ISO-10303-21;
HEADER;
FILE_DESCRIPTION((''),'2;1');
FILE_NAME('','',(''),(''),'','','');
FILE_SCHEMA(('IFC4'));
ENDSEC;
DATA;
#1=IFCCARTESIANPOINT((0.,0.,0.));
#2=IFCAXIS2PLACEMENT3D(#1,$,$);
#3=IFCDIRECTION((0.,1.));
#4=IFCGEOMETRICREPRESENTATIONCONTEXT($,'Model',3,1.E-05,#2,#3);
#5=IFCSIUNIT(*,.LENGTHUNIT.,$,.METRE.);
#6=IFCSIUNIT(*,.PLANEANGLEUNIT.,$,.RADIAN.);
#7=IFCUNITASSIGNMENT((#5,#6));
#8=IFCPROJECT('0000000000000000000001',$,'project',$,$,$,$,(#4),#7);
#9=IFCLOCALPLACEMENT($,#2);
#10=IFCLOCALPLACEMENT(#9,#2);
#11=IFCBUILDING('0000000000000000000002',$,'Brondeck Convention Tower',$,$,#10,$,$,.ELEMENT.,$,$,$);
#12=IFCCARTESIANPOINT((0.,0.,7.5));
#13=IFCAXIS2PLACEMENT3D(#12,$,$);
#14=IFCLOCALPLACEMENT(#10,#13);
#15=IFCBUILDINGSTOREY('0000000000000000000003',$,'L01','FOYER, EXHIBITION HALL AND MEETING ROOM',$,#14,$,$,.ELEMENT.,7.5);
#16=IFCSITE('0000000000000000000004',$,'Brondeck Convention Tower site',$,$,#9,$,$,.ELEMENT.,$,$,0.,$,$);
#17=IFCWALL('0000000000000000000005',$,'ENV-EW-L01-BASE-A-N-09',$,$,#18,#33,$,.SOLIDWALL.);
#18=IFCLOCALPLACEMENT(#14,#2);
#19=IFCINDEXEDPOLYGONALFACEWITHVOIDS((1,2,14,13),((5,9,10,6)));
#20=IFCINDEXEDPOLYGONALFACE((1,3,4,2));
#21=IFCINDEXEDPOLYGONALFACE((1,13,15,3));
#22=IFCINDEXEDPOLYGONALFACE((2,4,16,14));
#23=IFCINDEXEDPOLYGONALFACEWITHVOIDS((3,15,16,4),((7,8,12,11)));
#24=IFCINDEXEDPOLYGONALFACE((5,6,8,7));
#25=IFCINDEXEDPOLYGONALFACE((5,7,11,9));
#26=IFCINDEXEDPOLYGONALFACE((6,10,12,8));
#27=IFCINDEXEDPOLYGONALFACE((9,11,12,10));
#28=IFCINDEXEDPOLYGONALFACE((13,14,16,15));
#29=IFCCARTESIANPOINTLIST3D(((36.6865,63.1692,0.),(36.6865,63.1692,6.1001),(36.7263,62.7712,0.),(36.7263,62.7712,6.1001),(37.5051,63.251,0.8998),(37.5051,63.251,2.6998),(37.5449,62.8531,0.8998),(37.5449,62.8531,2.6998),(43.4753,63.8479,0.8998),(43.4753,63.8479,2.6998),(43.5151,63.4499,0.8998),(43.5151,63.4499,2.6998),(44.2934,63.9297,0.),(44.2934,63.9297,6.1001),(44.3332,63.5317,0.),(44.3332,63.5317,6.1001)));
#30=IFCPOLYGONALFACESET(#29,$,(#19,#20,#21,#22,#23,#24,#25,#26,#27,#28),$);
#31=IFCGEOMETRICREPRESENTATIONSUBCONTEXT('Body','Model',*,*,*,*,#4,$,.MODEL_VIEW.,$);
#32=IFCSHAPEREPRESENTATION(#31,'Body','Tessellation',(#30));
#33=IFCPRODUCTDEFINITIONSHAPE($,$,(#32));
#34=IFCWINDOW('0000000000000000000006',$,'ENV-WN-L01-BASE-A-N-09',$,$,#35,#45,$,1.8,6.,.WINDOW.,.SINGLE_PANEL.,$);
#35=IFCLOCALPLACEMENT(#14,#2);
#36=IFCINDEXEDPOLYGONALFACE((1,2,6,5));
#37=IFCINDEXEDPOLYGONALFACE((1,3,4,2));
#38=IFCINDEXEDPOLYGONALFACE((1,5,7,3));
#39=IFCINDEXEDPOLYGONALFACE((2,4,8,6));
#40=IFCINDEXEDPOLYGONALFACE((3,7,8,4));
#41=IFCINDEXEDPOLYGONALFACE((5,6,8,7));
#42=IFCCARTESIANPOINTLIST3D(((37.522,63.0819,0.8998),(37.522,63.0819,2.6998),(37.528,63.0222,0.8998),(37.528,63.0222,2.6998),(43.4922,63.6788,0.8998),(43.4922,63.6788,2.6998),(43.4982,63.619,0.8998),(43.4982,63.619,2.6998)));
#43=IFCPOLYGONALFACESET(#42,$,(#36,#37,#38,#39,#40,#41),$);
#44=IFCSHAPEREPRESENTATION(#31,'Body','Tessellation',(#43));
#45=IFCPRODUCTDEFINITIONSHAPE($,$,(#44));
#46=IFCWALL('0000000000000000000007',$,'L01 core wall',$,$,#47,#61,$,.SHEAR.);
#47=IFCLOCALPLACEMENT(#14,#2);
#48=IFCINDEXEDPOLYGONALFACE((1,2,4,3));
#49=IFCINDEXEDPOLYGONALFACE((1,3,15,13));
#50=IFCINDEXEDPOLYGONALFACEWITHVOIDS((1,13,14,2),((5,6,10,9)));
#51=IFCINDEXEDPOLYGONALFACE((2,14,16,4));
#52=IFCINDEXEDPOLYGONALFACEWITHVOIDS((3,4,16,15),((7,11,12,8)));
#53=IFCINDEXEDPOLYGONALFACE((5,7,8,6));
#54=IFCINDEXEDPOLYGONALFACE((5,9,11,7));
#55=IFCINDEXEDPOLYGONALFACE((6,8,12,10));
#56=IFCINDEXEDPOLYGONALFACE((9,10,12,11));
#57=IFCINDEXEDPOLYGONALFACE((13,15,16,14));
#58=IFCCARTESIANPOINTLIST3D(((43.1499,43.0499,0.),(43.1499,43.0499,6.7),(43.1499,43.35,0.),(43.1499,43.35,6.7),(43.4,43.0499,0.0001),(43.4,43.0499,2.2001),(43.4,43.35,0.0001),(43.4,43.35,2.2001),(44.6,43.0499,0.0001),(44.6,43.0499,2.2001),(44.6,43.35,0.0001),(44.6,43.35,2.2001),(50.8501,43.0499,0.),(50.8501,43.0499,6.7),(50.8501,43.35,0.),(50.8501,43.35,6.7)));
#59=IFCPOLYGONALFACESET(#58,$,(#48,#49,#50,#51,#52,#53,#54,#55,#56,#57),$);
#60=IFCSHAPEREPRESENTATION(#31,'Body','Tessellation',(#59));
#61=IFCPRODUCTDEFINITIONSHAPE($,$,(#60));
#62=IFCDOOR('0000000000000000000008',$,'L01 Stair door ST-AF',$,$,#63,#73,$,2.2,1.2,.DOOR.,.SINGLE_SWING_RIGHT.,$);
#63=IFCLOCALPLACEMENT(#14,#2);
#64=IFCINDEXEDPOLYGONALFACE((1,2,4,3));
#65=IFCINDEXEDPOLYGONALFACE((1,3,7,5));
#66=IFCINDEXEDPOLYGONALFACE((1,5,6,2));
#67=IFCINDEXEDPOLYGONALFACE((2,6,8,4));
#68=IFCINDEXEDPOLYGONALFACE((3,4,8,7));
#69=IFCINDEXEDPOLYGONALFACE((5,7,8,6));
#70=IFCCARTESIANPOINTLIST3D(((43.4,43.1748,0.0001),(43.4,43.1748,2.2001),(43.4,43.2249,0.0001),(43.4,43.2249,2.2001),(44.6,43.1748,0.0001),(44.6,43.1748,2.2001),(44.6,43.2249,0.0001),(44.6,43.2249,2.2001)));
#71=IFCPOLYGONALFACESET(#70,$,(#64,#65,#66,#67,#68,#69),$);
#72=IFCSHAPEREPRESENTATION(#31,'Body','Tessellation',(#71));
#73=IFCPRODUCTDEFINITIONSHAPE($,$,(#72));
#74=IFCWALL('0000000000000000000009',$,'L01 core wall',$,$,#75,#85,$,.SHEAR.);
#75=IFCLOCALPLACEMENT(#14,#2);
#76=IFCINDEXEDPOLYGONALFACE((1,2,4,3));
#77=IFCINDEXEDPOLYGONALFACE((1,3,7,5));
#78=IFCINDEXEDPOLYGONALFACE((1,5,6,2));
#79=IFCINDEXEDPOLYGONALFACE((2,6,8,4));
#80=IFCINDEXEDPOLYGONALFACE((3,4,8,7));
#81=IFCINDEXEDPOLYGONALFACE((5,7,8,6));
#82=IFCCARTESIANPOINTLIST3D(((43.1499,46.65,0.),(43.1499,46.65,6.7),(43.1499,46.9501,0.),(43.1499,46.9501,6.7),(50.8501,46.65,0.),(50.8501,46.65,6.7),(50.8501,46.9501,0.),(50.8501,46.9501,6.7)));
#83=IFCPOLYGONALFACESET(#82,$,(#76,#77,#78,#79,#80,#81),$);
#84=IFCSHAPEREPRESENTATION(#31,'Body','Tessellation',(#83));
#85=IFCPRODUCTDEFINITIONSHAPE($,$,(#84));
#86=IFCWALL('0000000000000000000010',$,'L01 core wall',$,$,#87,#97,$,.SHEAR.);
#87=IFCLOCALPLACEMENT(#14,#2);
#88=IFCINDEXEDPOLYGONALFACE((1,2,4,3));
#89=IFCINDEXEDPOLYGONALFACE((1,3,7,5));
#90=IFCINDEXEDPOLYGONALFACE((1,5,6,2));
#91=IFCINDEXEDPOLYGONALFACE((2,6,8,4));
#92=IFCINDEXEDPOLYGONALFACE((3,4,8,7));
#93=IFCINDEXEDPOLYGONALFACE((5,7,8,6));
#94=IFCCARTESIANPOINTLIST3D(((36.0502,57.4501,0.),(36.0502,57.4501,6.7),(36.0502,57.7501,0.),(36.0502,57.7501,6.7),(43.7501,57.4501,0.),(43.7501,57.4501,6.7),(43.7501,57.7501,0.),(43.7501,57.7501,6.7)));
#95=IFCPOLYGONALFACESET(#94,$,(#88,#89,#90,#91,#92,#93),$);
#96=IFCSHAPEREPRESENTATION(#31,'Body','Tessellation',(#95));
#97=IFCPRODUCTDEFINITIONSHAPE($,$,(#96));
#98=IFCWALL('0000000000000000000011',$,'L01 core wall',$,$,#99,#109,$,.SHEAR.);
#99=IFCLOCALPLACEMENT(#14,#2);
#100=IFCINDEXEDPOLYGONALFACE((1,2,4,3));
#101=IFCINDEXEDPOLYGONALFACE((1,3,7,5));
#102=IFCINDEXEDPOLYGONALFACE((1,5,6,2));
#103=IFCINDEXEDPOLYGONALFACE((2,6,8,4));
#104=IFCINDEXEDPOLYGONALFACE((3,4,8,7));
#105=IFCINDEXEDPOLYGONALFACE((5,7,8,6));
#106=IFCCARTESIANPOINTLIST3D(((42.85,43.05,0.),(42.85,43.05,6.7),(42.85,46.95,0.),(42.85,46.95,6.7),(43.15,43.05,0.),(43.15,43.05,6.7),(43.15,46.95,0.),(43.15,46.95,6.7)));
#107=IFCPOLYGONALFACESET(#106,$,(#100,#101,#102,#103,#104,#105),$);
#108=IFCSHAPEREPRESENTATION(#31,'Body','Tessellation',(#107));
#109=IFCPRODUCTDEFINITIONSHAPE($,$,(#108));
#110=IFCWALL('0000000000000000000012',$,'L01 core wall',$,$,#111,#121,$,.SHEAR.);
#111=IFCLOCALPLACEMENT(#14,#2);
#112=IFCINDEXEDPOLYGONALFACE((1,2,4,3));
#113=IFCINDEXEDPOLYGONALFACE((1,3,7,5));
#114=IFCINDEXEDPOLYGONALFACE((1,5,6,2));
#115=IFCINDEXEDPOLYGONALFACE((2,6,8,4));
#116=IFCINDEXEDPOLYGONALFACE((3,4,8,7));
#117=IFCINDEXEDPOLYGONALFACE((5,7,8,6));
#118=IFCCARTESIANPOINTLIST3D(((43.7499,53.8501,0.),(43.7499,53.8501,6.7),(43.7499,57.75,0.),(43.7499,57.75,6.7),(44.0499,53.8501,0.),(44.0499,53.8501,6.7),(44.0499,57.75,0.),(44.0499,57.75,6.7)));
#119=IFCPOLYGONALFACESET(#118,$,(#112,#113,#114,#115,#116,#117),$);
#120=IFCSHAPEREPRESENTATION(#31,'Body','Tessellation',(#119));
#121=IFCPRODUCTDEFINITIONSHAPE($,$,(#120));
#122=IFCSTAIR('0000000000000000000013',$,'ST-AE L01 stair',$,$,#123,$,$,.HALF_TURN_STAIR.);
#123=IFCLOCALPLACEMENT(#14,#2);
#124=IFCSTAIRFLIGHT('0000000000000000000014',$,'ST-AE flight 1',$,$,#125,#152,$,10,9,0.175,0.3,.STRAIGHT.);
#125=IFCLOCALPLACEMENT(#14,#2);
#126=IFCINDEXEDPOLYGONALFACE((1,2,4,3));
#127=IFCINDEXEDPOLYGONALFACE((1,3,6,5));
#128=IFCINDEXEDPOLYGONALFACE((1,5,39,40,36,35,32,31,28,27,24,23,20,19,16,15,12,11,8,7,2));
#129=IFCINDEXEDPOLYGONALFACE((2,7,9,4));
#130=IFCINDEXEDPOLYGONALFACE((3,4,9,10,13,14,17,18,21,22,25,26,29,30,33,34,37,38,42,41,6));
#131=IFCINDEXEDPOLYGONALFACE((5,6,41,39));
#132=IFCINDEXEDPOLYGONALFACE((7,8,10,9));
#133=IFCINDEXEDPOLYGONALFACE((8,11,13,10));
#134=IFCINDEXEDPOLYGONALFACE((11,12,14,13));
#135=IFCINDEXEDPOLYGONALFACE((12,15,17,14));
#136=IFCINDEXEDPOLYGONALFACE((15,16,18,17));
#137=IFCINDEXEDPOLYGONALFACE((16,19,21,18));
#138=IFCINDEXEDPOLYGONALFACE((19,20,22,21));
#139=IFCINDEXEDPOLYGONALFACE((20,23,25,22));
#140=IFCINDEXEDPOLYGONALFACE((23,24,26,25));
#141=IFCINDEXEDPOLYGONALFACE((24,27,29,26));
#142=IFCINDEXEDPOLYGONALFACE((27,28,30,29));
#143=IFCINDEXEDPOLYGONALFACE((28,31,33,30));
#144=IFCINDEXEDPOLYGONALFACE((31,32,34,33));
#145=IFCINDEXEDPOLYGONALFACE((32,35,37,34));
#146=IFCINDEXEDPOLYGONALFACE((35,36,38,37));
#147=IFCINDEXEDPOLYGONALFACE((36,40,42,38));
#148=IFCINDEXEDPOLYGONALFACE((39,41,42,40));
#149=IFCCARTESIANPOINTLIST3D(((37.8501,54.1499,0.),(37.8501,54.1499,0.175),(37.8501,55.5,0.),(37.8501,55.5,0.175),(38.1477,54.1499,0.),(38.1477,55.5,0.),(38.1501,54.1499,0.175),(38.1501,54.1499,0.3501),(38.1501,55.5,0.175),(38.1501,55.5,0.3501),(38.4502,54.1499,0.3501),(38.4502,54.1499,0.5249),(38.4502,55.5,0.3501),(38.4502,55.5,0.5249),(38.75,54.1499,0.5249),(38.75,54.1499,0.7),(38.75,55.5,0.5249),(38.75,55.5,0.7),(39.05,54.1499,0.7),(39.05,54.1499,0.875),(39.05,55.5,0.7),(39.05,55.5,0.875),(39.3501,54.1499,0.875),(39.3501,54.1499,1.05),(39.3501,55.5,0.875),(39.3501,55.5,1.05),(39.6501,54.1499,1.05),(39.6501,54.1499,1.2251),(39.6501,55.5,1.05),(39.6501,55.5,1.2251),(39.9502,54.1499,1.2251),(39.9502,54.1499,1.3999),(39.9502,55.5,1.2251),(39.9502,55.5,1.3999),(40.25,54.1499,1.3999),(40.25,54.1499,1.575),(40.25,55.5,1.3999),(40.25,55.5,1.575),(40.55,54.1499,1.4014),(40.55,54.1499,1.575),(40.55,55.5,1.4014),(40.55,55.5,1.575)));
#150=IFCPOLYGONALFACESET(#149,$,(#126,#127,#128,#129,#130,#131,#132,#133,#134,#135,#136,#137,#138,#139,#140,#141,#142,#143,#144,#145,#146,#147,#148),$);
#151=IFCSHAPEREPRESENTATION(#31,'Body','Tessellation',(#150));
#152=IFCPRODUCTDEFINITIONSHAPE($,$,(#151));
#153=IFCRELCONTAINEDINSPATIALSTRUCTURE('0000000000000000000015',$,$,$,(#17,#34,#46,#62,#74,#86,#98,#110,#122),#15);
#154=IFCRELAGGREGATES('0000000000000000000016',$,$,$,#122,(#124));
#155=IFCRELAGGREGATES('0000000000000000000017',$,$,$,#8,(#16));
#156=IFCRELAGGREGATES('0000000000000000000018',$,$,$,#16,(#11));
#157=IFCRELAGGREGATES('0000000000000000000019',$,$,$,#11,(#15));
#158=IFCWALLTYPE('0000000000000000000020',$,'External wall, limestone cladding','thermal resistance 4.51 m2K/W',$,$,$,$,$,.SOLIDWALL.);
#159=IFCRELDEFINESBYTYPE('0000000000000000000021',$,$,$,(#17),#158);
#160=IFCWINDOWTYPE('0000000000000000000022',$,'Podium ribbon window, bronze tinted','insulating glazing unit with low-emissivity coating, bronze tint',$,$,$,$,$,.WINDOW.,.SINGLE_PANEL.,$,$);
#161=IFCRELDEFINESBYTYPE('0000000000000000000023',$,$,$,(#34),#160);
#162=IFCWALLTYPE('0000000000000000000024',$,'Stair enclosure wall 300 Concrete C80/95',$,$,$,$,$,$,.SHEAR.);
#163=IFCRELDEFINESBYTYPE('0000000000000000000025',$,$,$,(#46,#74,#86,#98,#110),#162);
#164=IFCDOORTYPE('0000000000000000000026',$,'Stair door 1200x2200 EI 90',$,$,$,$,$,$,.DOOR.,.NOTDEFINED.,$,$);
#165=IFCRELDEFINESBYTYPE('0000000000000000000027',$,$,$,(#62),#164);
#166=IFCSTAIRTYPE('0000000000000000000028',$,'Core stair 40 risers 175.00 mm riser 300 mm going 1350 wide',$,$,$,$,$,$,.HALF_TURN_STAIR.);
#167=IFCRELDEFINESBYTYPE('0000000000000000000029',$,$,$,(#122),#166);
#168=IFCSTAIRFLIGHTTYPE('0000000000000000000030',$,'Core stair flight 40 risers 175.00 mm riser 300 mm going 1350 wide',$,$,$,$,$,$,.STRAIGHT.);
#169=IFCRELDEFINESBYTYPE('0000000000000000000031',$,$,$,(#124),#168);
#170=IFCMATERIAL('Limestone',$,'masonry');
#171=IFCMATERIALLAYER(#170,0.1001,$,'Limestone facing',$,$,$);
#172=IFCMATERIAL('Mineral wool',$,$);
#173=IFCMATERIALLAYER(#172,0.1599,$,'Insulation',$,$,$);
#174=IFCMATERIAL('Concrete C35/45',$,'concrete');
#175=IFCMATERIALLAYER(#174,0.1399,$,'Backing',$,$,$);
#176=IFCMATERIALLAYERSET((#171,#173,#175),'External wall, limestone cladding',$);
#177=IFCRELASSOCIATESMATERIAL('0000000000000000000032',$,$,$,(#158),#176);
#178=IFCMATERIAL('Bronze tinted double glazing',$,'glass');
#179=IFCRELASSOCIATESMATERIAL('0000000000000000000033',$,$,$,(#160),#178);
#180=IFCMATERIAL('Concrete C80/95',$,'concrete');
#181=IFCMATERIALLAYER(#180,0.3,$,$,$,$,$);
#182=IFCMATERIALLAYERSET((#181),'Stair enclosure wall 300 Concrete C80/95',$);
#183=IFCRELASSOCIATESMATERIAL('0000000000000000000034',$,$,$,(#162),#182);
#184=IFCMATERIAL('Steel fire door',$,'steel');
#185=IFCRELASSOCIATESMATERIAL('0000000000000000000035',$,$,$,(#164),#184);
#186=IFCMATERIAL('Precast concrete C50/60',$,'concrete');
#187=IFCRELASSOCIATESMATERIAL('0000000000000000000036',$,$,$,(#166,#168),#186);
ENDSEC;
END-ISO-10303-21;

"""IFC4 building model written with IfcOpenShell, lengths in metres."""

from ifc_helpers import new_model, si_unit, direction, frame, frame_2d, origin, place, context, subcontext, project, spatial, polyline, rectangle, outline, extrude, material, layer, layer_set, type_object, element, fill, aggregate, save


model = new_model("IFC4")

# Units and contexts
model_context = context("Model", 3, precision=1e-05, world=origin(), true_north=direction((0.0, 1.0)))
body_context = subcontext(model_context, "Body", "Model", "MODEL_VIEW")
ifc_project = project(units=[si_unit("LENGTHUNIT", "METRE"), si_unit("PLANEANGLEUNIT", "RADIAN")], contexts=[model_context])

# Site, building, storey
site_placement = place(None, origin())
site = spatial("IfcSite", under=ifc_project, at=site_placement, Name="Brondeck Convention Tower site", CompositionType="ELEMENT", RefElevation=0.0)
building_placement = place(site_placement, origin())
building = spatial("IfcBuilding", under=site, at=building_placement, Name="Brondeck Convention Tower", CompositionType="ELEMENT")
storey_placement = place(building_placement, frame((0.0, 0.0, 7.5)))
storey = spatial("IfcBuildingStorey", under=building, at=storey_placement, Name="L01", Description="FOYER, EXHIBITION HALL AND MEETING ROOM", CompositionType="ELEMENT", Elevation=7.5)

# Shared definitions
ifc_material_1 = material(Name="Concrete C80/95", Category="concrete")

# Wall, opening, window
ifc_material_2 = material(Name="Limestone", Category="masonry")
ifc_layer_1 = layer(ifc_material_2, 0.1001, Name="Limestone facing")
ifc_material_3 = material(Name="Mineral wool")
ifc_layer_2 = layer(ifc_material_3, 0.1599, Name="Insulation")
ifc_material_4 = material(Name="Concrete C35/45", Category="concrete")
ifc_layer_3 = layer(ifc_material_4, 0.1399, Name="Backing")
ifc_layer_set_1 = layer_set([ifc_layer_1, ifc_layer_2, ifc_layer_3], Name="External wall, limestone cladding")
wall_type_1 = type_object("IfcWallType", Name="External wall, limestone cladding", Description="thermal resistance 4.51 m2K/W", PredefinedType="SOLIDWALL", material=ifc_layer_set_1)
wall_1_placement = place(storey_placement, frame((36.7065, 62.9702, 0.0), z_axis=(0.0, 0.0, 1.0), x_axis=(0.99504, 0.099478, 0.0)))
wall_1 = element("IfcWall", 1, at=wall_1_placement, inside=storey, type_object=wall_type_1, Name="ENV-EW-L01-BASE-A-N-09", PredefinedType="SOLIDWALL", context=body_context, shape_type="SweptSolid", body=[
    extrude(rectangle(XDim=7.6448, YDim=0.3999, at=frame_2d((3.8223, 0.0))), origin(), (0.0, 0.0, 1.0), 6.1001),
])
opening_1_placement = place(wall_1_placement, frame((0.8225, 0.0, 0.8999)))
opening_1 = element("IfcOpeningElement", 2, at=opening_1_placement, cuts=wall_1, PredefinedType="OPENING", context=body_context, shape_type="SweptSolid", body=[
    extrude(rectangle(XDim=6.0, YDim=1.8, at=frame_2d((3.0, 0.8999))), frame((0.0, 0.21, 0.0), z_axis=(0.0, -1.0, 0.0), x_axis=(1.0, 0.0, 0.0)), (0.0, 0.0, 1.0), 0.4199),
])
ifc_material_5 = material(Name="Bronze tinted double glazing", Category="glass")
window_type = type_object("IfcWindowType", Name="Podium ribbon window, bronze tinted", Description="insulating glazing unit with low-emissivity coating, bronze tint", PartitioningType="SINGLE_PANEL", PredefinedType="WINDOW", material=ifc_material_5)
window_placement = place(opening_1_placement, origin())
window = element("IfcWindow", 3, at=window_placement, inside=storey, type_object=window_type, Name="ENV-WN-L01-BASE-A-N-09", OverallHeight=1.8, OverallWidth=6.0, PartitioningType="SINGLE_PANEL", PredefinedType="WINDOW", context=body_context, shape_type="SweptSolid", body=[
    extrude(rectangle(XDim=6.0, YDim=1.8, at=frame_2d((3.0, 0.8999))), frame((0.0, 0.03, 0.0), z_axis=(0.0, -1.0, 0.0), x_axis=(1.0, 0.0, 0.0)), (0.0, 0.0, 1.0), 0.0601),
])
fill(opening_1, window)

# Wall, opening, door
ifc_layer_4 = layer(ifc_material_1, 0.3)
ifc_layer_set_2 = layer_set([ifc_layer_4], Name="Stair enclosure wall 300 Concrete C80/95")
wall_type_2 = type_object("IfcWallType", Name="Stair enclosure wall 300 Concrete C80/95", PredefinedType="SHEAR", material=ifc_layer_set_2)
wall_2_placement = place(storey_placement, frame((43.1499, 43.2, 0.0), z_axis=(0.0, 0.0, 1.0), x_axis=(1.0, 0.0, 0.0)))
wall_2 = element("IfcWall", 4, at=wall_2_placement, inside=storey, type_object=wall_type_2, Name="L01 core wall", PredefinedType="SHEAR", context=body_context, shape_type="SweptSolid", body=[
    extrude(rectangle(XDim=7.7002, YDim=0.3, at=frame_2d((3.8501, 0.0))), origin(), (0.0, 0.0, 1.0), 6.7),
])
opening_2_placement = place(wall_2_placement, frame((0.25, 0.0, 0.0)))
opening_2 = element("IfcOpeningElement", 5, at=opening_2_placement, cuts=wall_2, PredefinedType="OPENING", context=body_context, shape_type="SweptSolid", body=[
    extrude(rectangle(XDim=1.2, YDim=2.2, at=frame_2d((0.6001, 1.1001))), frame((0.0, 0.1599, 0.0), z_axis=(0.0, -1.0, 0.0), x_axis=(1.0, 0.0, 0.0)), (0.0, 0.0, 1.0), 0.3201),
])
ifc_material_6 = material(Name="Steel fire door", Category="steel")
door_type = type_object("IfcDoorType", Name="Stair door 1200x2200 EI 90", OperationType="NOTDEFINED", PredefinedType="DOOR", material=ifc_material_6)
door_placement = place(opening_2_placement, origin())
door = element("IfcDoor", 6, at=door_placement, inside=storey, type_object=door_type, Name="L01 Stair door ST-AF", OperationType="SINGLE_SWING_RIGHT", OverallHeight=2.2, OverallWidth=1.2, PredefinedType="DOOR", context=body_context, shape_type="SweptSolid", body=[
    extrude(rectangle(XDim=1.2, YDim=2.2, at=frame_2d((0.6001, 1.1001))), frame((0.0, 0.0249, 0.0), z_axis=(0.0, -1.0, 0.0), x_axis=(1.0, 0.0, 0.0)), (0.0, 0.0, 1.0), 0.05),
])
fill(opening_2, door)

# Walls
wall_3_placement = place(storey_placement, frame((43.1499, 46.8, 0.0), z_axis=(0.0, 0.0, 1.0), x_axis=(1.0, 0.0, 0.0)))
element("IfcWall", 7, at=wall_3_placement, inside=storey, type_object=wall_type_2, Name="L01 core wall", PredefinedType="SHEAR", context=body_context, shape_type="SweptSolid", body=[
    extrude(rectangle(XDim=7.7002, YDim=0.3, at=frame_2d((3.8501, 0.0))), origin(), (0.0, 0.0, 1.0), 6.7),
])
wall_4_placement = place(storey_placement, frame((36.05, 57.6001, 0.0), z_axis=(0.0, 0.0, 1.0), x_axis=(1.0, 0.0, 0.0)))
element("IfcWall", 8, at=wall_4_placement, inside=storey, type_object=wall_type_2, Name="L01 core wall", PredefinedType="SHEAR", context=body_context, shape_type="SweptSolid", body=[
    extrude(rectangle(XDim=7.7, YDim=0.3, at=frame_2d((3.8501, 0.0))), origin(), (0.0, 0.0, 1.0), 6.7),
])
for number, where, z_axis, x_axis, name in (
    (9, (43.0, 43.05, 0.0), (0.0, 0.0, 1.0), (0.0, 1.0, 0.0), "L01 core wall"),
    (10, (43.8999, 53.8501, 0.0), (0.0, 0.0, 1.0), (0.0, 1.0, 0.0), "L01 core wall"),
):
    element("IfcWall", number, at=place(storey_placement, frame(where, z_axis=z_axis, x_axis=x_axis)), inside=storey, type_object=wall_type_2, Name=name, PredefinedType="SHEAR", context=body_context, shape_type="SweptSolid", body=[
        extrude(rectangle(XDim=3.8999, YDim=0.3, at=frame_2d((1.95, 0.0))), origin(), (0.0, 0.0, 1.0), 6.7),
    ])

# Stair, stair flight
ifc_material_7 = material(Name="Precast concrete C50/60", Category="concrete")
stair_type = type_object("IfcStairType", Name="Core stair 40 risers 175.00 mm riser 300 mm going 1350 wide", PredefinedType="HALF_TURN_STAIR", material=ifc_material_7)
stair_placement = place(storey_placement, origin())
stair = element("IfcStair", 11, at=stair_placement, inside=storey, type_object=stair_type, Name="ST-AE L01 stair", PredefinedType="HALF_TURN_STAIR")
stair_flight_type = type_object("IfcStairFlightType", Name="Core stair flight 40 risers 175.00 mm riser 300 mm going 1350 wide", PredefinedType="STRAIGHT", material=ifc_material_7)
stair_flight_1_placement = place(storey_placement, frame((37.8501, 54.825, 0.0), z_axis=(0.0, 0.0, 1.0), x_axis=(1.0, 0.0, 0.0)))
stair_flight_1 = element("IfcStairFlight", 12, at=stair_flight_1_placement, type_object=stair_flight_type, Name="ST-AE flight 1", NumberOfRisers=10, NumberOfTreads=9, PredefinedType="STRAIGHT", RiserHeight=0.175, TreadLength=0.3, context=body_context, shape_type="SweptSolid", body=[
    extrude(outline(polyline([(0.0, 0.0), (0.0, 0.175), (0.3, 0.175), (0.3, 0.3501), (0.6001, 0.3501), (0.6001, 0.5249), (0.8999, 0.5249), (0.8999, 0.7), (1.2, 0.7), (1.2, 0.875), (1.5, 0.875), (1.5, 1.05), (1.8, 1.05), (1.8, 1.2251), (2.1001, 1.2251), (2.1001, 1.3999), (2.3999, 1.3999), (2.3999, 1.575), (2.7, 1.575), (2.7, 1.75), (2.7, 1.4014), (0.2976, 0.0), (0.0, 0.0)])), frame((0.0, 0.675, 0.0), z_axis=(0.0, -1.0, 0.0), x_axis=(1.0, 0.0, 0.0)), (0.0, 0.0, 1.0), 1.3501),
])
aggregate(stair, [stair_flight_1])

save(model, "model.ifc")
